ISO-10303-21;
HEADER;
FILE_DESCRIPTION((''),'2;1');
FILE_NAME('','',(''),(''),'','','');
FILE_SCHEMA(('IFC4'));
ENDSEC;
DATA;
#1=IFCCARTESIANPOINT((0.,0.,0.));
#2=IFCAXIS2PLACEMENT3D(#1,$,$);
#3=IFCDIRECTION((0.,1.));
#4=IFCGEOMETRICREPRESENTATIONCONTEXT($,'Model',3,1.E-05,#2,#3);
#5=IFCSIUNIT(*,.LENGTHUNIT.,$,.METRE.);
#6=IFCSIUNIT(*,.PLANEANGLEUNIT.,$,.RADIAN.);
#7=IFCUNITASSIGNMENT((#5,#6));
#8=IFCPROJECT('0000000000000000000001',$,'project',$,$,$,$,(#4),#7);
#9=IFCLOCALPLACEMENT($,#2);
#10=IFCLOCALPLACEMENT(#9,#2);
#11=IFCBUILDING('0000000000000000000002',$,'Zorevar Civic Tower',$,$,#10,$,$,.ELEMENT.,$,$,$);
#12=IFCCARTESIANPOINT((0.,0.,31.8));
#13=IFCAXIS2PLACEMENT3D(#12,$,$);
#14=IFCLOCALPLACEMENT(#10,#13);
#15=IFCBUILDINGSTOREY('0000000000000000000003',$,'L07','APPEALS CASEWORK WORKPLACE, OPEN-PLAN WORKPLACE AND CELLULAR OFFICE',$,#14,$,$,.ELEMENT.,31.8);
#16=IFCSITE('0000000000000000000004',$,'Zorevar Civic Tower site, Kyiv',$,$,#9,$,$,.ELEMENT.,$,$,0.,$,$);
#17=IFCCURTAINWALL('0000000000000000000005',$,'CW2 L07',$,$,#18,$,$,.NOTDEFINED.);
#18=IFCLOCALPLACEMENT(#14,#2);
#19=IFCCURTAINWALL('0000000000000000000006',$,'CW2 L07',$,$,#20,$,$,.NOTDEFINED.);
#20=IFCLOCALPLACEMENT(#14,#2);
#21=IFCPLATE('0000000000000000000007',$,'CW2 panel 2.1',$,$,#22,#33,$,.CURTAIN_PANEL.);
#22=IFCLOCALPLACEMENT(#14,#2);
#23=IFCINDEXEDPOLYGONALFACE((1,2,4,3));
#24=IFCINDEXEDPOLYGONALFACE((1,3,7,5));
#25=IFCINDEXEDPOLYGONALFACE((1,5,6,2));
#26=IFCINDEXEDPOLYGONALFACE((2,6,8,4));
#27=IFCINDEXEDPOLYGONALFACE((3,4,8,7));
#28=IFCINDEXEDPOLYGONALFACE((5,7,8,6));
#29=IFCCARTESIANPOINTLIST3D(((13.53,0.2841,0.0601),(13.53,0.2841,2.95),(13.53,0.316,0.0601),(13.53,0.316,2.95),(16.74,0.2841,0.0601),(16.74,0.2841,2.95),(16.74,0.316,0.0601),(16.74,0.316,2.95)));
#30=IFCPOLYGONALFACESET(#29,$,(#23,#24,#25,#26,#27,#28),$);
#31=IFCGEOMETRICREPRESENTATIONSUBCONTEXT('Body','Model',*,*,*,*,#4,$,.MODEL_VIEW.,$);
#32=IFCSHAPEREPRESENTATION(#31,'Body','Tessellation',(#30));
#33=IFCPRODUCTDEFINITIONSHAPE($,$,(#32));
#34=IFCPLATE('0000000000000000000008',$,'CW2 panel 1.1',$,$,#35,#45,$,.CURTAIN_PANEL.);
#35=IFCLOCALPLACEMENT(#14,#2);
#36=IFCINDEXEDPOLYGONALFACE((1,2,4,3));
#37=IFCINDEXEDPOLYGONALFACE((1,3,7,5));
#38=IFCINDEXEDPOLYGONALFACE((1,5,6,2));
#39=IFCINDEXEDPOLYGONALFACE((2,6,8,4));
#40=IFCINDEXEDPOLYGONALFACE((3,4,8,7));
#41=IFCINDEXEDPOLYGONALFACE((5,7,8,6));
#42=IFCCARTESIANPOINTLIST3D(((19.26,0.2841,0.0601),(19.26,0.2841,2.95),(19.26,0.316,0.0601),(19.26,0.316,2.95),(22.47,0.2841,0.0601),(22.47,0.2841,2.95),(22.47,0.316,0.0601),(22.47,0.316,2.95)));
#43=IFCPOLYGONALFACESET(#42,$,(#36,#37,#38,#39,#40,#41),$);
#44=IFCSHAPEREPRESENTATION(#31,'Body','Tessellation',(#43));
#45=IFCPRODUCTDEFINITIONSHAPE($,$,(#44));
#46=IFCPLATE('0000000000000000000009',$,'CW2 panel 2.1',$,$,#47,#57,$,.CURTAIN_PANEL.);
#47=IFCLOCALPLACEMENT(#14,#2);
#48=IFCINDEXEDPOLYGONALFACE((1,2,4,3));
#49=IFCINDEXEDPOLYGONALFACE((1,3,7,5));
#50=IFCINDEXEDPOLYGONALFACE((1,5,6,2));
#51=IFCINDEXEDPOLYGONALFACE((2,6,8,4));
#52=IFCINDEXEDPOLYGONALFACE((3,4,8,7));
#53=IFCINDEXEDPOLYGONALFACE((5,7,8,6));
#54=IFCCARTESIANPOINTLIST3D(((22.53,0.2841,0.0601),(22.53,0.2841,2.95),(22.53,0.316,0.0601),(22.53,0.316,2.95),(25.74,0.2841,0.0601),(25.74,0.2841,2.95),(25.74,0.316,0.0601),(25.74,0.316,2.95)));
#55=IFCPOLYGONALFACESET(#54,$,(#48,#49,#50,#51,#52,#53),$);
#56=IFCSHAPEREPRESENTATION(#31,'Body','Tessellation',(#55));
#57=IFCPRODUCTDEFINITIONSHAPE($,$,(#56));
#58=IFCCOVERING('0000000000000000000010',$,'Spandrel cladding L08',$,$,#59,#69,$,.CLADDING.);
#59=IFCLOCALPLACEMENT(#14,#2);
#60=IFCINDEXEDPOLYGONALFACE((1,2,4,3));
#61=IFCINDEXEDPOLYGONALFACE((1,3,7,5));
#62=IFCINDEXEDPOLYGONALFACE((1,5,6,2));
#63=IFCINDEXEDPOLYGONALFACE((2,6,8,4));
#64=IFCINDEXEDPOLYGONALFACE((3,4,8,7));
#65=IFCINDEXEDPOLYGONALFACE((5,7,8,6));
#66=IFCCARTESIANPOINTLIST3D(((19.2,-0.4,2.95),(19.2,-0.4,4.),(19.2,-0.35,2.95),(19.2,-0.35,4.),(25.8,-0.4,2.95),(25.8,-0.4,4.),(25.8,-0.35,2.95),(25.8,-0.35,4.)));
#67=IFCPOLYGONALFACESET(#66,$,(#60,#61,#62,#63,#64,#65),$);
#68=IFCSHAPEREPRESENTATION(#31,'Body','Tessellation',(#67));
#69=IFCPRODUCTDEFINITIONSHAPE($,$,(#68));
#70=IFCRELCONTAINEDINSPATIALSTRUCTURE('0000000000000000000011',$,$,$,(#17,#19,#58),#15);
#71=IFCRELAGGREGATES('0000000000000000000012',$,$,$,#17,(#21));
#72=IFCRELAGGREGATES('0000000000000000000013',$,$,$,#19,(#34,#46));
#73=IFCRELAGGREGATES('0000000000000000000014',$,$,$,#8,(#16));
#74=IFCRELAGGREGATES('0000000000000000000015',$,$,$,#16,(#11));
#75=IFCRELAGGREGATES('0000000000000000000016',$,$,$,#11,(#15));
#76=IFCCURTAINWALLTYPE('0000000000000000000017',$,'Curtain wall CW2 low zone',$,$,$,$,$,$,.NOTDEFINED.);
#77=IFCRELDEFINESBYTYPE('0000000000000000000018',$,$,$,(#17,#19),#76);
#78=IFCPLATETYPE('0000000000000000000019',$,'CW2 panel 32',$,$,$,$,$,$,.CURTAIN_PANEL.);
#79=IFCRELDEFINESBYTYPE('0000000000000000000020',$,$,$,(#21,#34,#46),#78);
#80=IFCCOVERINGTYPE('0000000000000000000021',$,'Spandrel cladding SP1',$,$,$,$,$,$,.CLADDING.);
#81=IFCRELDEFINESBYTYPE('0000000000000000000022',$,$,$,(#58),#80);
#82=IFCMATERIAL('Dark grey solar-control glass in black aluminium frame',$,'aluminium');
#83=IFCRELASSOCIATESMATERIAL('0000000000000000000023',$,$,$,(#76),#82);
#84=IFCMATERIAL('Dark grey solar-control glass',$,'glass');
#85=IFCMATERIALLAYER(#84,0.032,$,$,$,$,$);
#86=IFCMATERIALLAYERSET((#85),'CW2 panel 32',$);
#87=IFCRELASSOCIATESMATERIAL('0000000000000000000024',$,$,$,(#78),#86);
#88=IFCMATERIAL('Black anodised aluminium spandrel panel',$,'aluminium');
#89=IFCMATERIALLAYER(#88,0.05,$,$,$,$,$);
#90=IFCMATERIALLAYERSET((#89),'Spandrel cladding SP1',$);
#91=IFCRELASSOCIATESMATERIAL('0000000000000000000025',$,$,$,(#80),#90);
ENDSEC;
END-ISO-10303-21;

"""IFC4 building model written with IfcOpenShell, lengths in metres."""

from ifc_helpers import new_model, si_unit, direction, frame, frame_2d, origin, origin_2d, place, context, subcontext, project, spatial, rectangle, extrude, material, layer, layer_set, type_object, element, aggregate, save


model = new_model("IFC4")

# Units and contexts
model_context = context("Model", 3, precision=1e-05, world=origin(), true_north=direction((0.0, 1.0)))
body_context = subcontext(model_context, "Body", "Model", "MODEL_VIEW")
ifc_project = project(units=[si_unit("LENGTHUNIT", "METRE"), si_unit("PLANEANGLEUNIT", "RADIAN")], contexts=[model_context])

# Site, building, storey
site_placement = place(None, origin())
site = spatial("IfcSite", under=ifc_project, at=site_placement, Name="Zorevar Civic Tower site, Kyiv", CompositionType="ELEMENT", RefElevation=0.0)
building_placement = place(site_placement, origin())
building = spatial("IfcBuilding", under=site, at=building_placement, Name="Zorevar Civic Tower", CompositionType="ELEMENT")
storey_placement = place(building_placement, frame((0.0, 0.0, 31.8)))
storey = spatial("IfcBuildingStorey", under=building, at=storey_placement, Name="L07", Description="APPEALS CASEWORK WORKPLACE, OPEN-PLAN WORKPLACE AND CELLULAR OFFICE", CompositionType="ELEMENT", Elevation=31.8)

# Curtain walls
ifc_material_1 = material(Name="Dark grey solar-control glass in black aluminium frame", Category="aluminium")
curtain_wall_type = type_object("IfcCurtainWallType", Name="Curtain wall CW2 low zone", PredefinedType="NOTDEFINED", material=ifc_material_1)
curtain_wall_1_placement = place(storey_placement, origin())
curtain_wall_1 = element("IfcCurtainWall", 1, at=curtain_wall_1_placement, inside=storey, type_object=curtain_wall_type, Name="CW2 L07", PredefinedType="NOTDEFINED")
curtain_wall_2_placement = place(storey_placement, origin())
curtain_wall_2 = element("IfcCurtainWall", 2, at=curtain_wall_2_placement, inside=storey, type_object=curtain_wall_type, Name="CW2 L07", PredefinedType="NOTDEFINED")

# Plates
ifc_material_2 = material(Name="Dark grey solar-control glass", Category="glass")
ifc_layer_1 = layer(ifc_material_2, 0.032)
ifc_layer_set_1 = layer_set([ifc_layer_1], Name="CW2 panel 32")
plate_type = type_object("IfcPlateType", Name="CW2 panel 32", PredefinedType="CURTAIN_PANEL", material=ifc_layer_set_1)
plate_1_placement = place(storey_placement, frame((15.135, 0.3, 0.0601), z_axis=(0.0, 0.0, 1.0), x_axis=(1.0, 0.0, 0.0)))
plate_1 = element("IfcPlate", 3, at=plate_1_placement, type_object=plate_type, Name="CW2 panel 2.1", PredefinedType="CURTAIN_PANEL", context=body_context, shape_type="SweptSolid", body=[
    extrude(rectangle(XDim=3.21, YDim=0.032, at=origin_2d()), origin(), (0.0, 0.0, 1.0), 2.8899),
])
aggregate(curtain_wall_1, [plate_1])
plate_2_placement = place(storey_placement, frame((20.865, 0.3, 0.0601), z_axis=(0.0, 0.0, 1.0), x_axis=(1.0, 0.0, 0.0)))
plate_2 = element("IfcPlate", 4, at=plate_2_placement, type_object=plate_type, Name="CW2 panel 1.1", PredefinedType="CURTAIN_PANEL", context=body_context, shape_type="SweptSolid", body=[
    extrude(rectangle(XDim=3.21, YDim=0.032, at=origin_2d()), origin(), (0.0, 0.0, 1.0), 2.8899),
])
plate_3_placement = place(storey_placement, frame((24.135, 0.3, 0.0601), z_axis=(0.0, 0.0, 1.0), x_axis=(1.0, 0.0, 0.0)))
plate_3 = element("IfcPlate", 5, at=plate_3_placement, type_object=plate_type, Name="CW2 panel 2.1", PredefinedType="CURTAIN_PANEL", context=body_context, shape_type="SweptSolid", body=[
    extrude(rectangle(XDim=3.21, YDim=0.032, at=origin_2d()), origin(), (0.0, 0.0, 1.0), 2.8899),
])
aggregate(curtain_wall_2, [plate_2, plate_3])

# Covering
ifc_material_3 = material(Name="Black anodised aluminium spandrel panel", Category="aluminium")
ifc_layer_2 = layer(ifc_material_3, 0.05)
ifc_layer_set_2 = layer_set([ifc_layer_2], Name="Spandrel cladding SP1")
covering_type = type_object("IfcCoveringType", Name="Spandrel cladding SP1", PredefinedType="CLADDING", material=ifc_layer_set_2)
covering_placement = place(storey_placement, frame((19.2, -0.375, 2.95), z_axis=(0.0, 0.0, 1.0), x_axis=(1.0, 0.0, 0.0)))
element("IfcCovering", 6, at=covering_placement, inside=storey, type_object=covering_type, Name="Spandrel cladding L08", PredefinedType="CLADDING", context=body_context, shape_type="SweptSolid", body=[
    extrude(rectangle(XDim=6.6001, YDim=0.05, at=frame_2d((3.3, 0.0))), origin(), (0.0, 0.0, 1.0), 1.05),
])

save(model, "model.ifc")
